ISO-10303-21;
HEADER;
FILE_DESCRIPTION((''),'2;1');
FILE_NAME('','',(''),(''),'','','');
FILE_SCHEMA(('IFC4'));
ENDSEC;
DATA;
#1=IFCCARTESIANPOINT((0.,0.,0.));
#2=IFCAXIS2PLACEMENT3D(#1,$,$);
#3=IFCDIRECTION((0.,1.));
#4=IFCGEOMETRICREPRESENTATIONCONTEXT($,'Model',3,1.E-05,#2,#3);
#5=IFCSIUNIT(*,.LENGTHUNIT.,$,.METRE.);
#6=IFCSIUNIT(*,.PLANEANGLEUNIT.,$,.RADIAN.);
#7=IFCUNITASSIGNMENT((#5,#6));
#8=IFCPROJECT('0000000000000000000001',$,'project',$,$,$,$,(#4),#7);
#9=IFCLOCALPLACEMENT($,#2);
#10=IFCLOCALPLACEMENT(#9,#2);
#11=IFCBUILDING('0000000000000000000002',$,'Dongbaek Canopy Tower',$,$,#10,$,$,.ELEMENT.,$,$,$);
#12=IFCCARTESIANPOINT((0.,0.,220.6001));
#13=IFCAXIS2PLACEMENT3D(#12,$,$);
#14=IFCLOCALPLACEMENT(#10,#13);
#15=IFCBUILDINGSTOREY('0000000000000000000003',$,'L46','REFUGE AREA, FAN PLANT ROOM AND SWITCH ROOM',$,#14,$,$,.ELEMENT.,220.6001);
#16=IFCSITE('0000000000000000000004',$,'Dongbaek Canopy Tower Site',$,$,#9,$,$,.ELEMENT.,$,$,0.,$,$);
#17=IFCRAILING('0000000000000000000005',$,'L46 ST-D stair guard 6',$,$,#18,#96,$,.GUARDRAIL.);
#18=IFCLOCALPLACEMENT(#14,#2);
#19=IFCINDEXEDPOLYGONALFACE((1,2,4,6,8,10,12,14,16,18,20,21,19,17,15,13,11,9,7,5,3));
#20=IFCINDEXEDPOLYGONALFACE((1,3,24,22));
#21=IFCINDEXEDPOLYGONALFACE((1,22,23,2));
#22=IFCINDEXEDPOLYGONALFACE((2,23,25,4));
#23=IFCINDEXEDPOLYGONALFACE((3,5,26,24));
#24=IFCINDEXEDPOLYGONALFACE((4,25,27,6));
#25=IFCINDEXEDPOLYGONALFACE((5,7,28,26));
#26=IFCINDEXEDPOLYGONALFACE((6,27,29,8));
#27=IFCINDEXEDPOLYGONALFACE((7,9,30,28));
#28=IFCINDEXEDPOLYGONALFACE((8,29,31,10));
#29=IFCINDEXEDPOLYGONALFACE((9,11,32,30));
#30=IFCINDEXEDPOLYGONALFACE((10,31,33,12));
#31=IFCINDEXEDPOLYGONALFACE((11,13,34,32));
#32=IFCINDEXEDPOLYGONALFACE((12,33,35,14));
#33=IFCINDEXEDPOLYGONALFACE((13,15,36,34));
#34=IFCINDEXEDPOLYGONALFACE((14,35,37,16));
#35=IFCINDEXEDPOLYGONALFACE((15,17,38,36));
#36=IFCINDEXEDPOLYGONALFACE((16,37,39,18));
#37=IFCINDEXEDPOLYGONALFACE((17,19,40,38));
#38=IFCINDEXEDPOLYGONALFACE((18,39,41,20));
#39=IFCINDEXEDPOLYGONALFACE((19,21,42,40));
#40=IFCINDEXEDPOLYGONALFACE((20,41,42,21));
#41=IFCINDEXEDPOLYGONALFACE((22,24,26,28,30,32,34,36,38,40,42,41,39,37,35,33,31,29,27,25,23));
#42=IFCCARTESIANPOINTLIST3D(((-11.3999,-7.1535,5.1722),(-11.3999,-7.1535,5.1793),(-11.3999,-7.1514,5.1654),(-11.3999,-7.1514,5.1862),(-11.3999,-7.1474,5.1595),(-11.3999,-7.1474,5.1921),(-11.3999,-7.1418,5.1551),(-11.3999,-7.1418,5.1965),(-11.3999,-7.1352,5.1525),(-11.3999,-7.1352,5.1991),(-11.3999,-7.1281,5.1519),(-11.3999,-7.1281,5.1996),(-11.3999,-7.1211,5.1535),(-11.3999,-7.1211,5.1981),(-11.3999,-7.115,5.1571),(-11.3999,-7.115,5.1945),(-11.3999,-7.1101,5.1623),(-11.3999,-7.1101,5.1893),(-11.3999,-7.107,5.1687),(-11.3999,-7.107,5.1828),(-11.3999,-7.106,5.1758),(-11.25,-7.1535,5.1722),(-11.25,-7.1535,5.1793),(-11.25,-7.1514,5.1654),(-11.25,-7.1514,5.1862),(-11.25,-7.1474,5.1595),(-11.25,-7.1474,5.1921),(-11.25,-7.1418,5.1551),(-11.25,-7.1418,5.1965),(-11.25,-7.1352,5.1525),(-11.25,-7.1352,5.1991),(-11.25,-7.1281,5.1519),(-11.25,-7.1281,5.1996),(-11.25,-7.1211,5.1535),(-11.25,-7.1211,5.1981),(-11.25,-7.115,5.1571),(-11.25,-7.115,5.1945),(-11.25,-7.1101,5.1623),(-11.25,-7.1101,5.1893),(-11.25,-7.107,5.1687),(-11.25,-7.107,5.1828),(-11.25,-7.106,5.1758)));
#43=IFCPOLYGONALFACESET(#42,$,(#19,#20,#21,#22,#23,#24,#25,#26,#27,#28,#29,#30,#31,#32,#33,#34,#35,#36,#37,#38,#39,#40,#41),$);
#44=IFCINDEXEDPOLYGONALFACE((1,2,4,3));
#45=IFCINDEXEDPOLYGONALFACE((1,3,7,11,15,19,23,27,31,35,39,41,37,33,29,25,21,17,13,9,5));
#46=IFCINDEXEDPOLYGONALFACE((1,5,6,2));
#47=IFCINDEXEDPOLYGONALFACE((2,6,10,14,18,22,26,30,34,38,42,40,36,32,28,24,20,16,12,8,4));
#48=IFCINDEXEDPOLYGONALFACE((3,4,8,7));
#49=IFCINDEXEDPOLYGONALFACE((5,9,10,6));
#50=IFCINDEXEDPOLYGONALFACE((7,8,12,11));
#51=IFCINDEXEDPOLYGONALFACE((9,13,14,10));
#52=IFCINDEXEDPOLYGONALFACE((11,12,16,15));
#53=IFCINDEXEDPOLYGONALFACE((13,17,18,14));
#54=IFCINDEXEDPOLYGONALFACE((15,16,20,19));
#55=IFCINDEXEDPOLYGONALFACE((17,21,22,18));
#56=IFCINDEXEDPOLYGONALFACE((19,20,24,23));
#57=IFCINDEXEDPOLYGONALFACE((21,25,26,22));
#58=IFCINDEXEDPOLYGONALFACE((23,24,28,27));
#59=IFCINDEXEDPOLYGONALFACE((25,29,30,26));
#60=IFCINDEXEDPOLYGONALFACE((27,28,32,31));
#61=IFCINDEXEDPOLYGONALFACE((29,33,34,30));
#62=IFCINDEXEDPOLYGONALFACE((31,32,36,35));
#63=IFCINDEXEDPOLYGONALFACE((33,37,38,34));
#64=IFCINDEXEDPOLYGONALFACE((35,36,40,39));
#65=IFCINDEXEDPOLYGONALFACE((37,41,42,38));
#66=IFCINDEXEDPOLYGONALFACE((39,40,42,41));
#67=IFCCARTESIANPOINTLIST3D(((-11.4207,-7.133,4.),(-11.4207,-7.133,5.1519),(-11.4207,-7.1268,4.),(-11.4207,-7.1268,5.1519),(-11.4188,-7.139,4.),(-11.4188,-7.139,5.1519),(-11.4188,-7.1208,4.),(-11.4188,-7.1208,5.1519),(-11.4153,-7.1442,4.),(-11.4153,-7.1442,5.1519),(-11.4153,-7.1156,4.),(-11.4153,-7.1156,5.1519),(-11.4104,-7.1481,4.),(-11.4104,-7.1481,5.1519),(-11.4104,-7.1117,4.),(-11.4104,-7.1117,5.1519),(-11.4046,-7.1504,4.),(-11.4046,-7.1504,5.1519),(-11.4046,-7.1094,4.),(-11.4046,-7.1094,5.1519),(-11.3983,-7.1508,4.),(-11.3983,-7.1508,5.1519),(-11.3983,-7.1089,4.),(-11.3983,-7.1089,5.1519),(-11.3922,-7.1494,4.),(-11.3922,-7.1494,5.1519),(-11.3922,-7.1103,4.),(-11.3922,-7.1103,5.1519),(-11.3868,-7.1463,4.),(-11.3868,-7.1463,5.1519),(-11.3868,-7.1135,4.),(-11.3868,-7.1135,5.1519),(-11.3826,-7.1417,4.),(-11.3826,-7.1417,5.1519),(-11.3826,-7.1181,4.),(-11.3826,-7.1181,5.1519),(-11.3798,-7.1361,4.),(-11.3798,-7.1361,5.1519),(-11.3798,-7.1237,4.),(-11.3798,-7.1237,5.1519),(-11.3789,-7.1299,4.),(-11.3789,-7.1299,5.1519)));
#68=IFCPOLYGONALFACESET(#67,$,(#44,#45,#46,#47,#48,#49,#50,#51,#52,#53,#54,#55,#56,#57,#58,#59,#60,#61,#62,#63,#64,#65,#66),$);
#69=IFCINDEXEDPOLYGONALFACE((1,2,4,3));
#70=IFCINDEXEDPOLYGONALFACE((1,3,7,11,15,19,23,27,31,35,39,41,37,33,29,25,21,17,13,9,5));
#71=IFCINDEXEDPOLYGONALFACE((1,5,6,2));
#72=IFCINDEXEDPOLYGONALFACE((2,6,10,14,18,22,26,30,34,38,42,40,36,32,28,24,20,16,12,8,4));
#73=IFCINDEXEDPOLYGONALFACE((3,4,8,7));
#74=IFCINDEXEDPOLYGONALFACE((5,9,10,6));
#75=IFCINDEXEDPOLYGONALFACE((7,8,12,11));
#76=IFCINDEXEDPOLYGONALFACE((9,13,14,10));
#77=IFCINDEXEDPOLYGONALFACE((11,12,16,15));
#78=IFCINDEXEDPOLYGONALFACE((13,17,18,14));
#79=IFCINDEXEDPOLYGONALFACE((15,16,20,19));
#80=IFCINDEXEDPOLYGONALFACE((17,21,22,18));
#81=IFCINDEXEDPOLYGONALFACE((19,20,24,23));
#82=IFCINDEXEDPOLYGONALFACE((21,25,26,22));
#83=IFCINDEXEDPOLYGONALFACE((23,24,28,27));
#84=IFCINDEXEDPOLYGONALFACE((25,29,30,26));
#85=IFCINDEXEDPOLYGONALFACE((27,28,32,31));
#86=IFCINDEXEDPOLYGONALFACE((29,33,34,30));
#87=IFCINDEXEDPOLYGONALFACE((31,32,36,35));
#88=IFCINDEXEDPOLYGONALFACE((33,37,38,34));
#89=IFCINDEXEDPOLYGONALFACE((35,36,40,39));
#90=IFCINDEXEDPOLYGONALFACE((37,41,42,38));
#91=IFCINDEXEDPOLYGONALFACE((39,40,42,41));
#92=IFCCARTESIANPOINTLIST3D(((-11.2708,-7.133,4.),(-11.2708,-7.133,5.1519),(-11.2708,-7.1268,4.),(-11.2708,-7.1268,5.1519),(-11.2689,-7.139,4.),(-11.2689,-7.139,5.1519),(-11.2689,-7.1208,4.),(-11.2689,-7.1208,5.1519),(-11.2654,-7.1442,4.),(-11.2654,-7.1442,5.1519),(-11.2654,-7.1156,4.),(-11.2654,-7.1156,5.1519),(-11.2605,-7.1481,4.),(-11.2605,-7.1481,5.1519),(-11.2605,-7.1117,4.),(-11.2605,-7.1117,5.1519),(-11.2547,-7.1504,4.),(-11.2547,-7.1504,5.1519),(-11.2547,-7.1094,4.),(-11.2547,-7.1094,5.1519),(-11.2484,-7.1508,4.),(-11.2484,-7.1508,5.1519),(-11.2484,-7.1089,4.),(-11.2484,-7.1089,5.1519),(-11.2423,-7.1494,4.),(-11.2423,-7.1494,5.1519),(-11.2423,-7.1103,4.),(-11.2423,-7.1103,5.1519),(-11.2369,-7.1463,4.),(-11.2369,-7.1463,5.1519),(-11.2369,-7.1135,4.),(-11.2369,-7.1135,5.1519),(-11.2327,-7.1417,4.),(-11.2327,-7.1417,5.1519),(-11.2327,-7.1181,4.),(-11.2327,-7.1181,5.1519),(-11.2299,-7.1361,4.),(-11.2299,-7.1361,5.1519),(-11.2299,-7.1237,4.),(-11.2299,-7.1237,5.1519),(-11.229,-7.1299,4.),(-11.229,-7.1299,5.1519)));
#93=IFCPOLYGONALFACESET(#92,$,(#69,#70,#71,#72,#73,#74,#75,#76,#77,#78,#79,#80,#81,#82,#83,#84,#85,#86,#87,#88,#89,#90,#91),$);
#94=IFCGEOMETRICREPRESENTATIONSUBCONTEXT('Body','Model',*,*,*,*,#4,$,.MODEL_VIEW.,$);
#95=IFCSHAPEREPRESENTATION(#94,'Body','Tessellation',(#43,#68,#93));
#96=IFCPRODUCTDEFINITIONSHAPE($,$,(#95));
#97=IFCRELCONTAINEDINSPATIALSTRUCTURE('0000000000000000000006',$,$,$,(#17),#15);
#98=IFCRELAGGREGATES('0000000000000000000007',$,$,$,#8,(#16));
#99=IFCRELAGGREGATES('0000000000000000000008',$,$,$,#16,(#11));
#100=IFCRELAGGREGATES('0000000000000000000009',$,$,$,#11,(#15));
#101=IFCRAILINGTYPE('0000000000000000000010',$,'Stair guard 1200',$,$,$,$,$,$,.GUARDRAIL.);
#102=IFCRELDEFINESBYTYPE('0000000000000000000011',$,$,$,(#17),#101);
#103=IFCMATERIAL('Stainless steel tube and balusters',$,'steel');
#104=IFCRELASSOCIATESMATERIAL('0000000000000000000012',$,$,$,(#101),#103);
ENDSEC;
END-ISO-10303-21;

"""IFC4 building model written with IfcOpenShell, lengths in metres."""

from ifc_helpers import new_model, si_unit, direction, frame, origin, origin_2d, place, context, subcontext, project, spatial, circle, extrude, material, type_object, element, save


model = new_model("IFC4")

# Units and contexts
model_context = context("Model", 3, precision=1e-05, world=origin(), true_north=direction((0.0, 1.0)))
body_context = subcontext(model_context, "Body", "Model", "MODEL_VIEW")
ifc_project = project(units=[si_unit("LENGTHUNIT", "METRE"), si_unit("PLANEANGLEUNIT", "RADIAN")], contexts=[model_context])

# Site, building, storey
site_placement = place(None, origin())
site = spatial("IfcSite", under=ifc_project, at=site_placement, Name="Dongbaek Canopy Tower Site", CompositionType="ELEMENT", RefElevation=0.0)
building_placement = place(site_placement, origin())
building = spatial("IfcBuilding", under=site, at=building_placement, Name="Dongbaek Canopy Tower", CompositionType="ELEMENT")
storey_placement = place(building_placement, frame((0.0, 0.0, 220.6001)))
storey = spatial("IfcBuildingStorey", under=building, at=storey_placement, Name="L46", Description="REFUGE AREA, FAN PLANT ROOM AND SWITCH ROOM", CompositionType="ELEMENT", Elevation=220.6001)

# Railing
ifc_material_1 = material(Name="Stainless steel tube and balusters", Category="steel")
railing_type = type_object("IfcRailingType", Name="Stair guard 1200", PredefinedType="GUARDRAIL", material=ifc_material_1)
railing_1_placement = place(storey_placement, frame((-11.3999, -7.1299, 4.0)))
element("IfcRailing", 1, at=railing_1_placement, inside=storey, type_object=railing_type, Name="L46 ST-D stair guard 6", PredefinedType="GUARDRAIL", context=body_context, shape_type="SweptSolid", body=[
    extrude(circle(Radius=0.0239, at=origin_2d()), frame((0.0, 0.0, 1.1758), z_axis=(1.0, 0.0, 0.0), x_axis=(0.0, 1.0, 0.0)), (0.0, 0.0, 1.0), 0.1499),
    extrude(circle(Radius=0.021, at=origin_2d()), origin(), (0.0, 0.0, 1.0), 1.1519),
    extrude(circle(Radius=0.021, at=origin_2d()), frame((0.1499, 0.0, 0.0)), (0.0, 0.0, 1.0), 1.1519),
])

save(model, "model.ifc")
